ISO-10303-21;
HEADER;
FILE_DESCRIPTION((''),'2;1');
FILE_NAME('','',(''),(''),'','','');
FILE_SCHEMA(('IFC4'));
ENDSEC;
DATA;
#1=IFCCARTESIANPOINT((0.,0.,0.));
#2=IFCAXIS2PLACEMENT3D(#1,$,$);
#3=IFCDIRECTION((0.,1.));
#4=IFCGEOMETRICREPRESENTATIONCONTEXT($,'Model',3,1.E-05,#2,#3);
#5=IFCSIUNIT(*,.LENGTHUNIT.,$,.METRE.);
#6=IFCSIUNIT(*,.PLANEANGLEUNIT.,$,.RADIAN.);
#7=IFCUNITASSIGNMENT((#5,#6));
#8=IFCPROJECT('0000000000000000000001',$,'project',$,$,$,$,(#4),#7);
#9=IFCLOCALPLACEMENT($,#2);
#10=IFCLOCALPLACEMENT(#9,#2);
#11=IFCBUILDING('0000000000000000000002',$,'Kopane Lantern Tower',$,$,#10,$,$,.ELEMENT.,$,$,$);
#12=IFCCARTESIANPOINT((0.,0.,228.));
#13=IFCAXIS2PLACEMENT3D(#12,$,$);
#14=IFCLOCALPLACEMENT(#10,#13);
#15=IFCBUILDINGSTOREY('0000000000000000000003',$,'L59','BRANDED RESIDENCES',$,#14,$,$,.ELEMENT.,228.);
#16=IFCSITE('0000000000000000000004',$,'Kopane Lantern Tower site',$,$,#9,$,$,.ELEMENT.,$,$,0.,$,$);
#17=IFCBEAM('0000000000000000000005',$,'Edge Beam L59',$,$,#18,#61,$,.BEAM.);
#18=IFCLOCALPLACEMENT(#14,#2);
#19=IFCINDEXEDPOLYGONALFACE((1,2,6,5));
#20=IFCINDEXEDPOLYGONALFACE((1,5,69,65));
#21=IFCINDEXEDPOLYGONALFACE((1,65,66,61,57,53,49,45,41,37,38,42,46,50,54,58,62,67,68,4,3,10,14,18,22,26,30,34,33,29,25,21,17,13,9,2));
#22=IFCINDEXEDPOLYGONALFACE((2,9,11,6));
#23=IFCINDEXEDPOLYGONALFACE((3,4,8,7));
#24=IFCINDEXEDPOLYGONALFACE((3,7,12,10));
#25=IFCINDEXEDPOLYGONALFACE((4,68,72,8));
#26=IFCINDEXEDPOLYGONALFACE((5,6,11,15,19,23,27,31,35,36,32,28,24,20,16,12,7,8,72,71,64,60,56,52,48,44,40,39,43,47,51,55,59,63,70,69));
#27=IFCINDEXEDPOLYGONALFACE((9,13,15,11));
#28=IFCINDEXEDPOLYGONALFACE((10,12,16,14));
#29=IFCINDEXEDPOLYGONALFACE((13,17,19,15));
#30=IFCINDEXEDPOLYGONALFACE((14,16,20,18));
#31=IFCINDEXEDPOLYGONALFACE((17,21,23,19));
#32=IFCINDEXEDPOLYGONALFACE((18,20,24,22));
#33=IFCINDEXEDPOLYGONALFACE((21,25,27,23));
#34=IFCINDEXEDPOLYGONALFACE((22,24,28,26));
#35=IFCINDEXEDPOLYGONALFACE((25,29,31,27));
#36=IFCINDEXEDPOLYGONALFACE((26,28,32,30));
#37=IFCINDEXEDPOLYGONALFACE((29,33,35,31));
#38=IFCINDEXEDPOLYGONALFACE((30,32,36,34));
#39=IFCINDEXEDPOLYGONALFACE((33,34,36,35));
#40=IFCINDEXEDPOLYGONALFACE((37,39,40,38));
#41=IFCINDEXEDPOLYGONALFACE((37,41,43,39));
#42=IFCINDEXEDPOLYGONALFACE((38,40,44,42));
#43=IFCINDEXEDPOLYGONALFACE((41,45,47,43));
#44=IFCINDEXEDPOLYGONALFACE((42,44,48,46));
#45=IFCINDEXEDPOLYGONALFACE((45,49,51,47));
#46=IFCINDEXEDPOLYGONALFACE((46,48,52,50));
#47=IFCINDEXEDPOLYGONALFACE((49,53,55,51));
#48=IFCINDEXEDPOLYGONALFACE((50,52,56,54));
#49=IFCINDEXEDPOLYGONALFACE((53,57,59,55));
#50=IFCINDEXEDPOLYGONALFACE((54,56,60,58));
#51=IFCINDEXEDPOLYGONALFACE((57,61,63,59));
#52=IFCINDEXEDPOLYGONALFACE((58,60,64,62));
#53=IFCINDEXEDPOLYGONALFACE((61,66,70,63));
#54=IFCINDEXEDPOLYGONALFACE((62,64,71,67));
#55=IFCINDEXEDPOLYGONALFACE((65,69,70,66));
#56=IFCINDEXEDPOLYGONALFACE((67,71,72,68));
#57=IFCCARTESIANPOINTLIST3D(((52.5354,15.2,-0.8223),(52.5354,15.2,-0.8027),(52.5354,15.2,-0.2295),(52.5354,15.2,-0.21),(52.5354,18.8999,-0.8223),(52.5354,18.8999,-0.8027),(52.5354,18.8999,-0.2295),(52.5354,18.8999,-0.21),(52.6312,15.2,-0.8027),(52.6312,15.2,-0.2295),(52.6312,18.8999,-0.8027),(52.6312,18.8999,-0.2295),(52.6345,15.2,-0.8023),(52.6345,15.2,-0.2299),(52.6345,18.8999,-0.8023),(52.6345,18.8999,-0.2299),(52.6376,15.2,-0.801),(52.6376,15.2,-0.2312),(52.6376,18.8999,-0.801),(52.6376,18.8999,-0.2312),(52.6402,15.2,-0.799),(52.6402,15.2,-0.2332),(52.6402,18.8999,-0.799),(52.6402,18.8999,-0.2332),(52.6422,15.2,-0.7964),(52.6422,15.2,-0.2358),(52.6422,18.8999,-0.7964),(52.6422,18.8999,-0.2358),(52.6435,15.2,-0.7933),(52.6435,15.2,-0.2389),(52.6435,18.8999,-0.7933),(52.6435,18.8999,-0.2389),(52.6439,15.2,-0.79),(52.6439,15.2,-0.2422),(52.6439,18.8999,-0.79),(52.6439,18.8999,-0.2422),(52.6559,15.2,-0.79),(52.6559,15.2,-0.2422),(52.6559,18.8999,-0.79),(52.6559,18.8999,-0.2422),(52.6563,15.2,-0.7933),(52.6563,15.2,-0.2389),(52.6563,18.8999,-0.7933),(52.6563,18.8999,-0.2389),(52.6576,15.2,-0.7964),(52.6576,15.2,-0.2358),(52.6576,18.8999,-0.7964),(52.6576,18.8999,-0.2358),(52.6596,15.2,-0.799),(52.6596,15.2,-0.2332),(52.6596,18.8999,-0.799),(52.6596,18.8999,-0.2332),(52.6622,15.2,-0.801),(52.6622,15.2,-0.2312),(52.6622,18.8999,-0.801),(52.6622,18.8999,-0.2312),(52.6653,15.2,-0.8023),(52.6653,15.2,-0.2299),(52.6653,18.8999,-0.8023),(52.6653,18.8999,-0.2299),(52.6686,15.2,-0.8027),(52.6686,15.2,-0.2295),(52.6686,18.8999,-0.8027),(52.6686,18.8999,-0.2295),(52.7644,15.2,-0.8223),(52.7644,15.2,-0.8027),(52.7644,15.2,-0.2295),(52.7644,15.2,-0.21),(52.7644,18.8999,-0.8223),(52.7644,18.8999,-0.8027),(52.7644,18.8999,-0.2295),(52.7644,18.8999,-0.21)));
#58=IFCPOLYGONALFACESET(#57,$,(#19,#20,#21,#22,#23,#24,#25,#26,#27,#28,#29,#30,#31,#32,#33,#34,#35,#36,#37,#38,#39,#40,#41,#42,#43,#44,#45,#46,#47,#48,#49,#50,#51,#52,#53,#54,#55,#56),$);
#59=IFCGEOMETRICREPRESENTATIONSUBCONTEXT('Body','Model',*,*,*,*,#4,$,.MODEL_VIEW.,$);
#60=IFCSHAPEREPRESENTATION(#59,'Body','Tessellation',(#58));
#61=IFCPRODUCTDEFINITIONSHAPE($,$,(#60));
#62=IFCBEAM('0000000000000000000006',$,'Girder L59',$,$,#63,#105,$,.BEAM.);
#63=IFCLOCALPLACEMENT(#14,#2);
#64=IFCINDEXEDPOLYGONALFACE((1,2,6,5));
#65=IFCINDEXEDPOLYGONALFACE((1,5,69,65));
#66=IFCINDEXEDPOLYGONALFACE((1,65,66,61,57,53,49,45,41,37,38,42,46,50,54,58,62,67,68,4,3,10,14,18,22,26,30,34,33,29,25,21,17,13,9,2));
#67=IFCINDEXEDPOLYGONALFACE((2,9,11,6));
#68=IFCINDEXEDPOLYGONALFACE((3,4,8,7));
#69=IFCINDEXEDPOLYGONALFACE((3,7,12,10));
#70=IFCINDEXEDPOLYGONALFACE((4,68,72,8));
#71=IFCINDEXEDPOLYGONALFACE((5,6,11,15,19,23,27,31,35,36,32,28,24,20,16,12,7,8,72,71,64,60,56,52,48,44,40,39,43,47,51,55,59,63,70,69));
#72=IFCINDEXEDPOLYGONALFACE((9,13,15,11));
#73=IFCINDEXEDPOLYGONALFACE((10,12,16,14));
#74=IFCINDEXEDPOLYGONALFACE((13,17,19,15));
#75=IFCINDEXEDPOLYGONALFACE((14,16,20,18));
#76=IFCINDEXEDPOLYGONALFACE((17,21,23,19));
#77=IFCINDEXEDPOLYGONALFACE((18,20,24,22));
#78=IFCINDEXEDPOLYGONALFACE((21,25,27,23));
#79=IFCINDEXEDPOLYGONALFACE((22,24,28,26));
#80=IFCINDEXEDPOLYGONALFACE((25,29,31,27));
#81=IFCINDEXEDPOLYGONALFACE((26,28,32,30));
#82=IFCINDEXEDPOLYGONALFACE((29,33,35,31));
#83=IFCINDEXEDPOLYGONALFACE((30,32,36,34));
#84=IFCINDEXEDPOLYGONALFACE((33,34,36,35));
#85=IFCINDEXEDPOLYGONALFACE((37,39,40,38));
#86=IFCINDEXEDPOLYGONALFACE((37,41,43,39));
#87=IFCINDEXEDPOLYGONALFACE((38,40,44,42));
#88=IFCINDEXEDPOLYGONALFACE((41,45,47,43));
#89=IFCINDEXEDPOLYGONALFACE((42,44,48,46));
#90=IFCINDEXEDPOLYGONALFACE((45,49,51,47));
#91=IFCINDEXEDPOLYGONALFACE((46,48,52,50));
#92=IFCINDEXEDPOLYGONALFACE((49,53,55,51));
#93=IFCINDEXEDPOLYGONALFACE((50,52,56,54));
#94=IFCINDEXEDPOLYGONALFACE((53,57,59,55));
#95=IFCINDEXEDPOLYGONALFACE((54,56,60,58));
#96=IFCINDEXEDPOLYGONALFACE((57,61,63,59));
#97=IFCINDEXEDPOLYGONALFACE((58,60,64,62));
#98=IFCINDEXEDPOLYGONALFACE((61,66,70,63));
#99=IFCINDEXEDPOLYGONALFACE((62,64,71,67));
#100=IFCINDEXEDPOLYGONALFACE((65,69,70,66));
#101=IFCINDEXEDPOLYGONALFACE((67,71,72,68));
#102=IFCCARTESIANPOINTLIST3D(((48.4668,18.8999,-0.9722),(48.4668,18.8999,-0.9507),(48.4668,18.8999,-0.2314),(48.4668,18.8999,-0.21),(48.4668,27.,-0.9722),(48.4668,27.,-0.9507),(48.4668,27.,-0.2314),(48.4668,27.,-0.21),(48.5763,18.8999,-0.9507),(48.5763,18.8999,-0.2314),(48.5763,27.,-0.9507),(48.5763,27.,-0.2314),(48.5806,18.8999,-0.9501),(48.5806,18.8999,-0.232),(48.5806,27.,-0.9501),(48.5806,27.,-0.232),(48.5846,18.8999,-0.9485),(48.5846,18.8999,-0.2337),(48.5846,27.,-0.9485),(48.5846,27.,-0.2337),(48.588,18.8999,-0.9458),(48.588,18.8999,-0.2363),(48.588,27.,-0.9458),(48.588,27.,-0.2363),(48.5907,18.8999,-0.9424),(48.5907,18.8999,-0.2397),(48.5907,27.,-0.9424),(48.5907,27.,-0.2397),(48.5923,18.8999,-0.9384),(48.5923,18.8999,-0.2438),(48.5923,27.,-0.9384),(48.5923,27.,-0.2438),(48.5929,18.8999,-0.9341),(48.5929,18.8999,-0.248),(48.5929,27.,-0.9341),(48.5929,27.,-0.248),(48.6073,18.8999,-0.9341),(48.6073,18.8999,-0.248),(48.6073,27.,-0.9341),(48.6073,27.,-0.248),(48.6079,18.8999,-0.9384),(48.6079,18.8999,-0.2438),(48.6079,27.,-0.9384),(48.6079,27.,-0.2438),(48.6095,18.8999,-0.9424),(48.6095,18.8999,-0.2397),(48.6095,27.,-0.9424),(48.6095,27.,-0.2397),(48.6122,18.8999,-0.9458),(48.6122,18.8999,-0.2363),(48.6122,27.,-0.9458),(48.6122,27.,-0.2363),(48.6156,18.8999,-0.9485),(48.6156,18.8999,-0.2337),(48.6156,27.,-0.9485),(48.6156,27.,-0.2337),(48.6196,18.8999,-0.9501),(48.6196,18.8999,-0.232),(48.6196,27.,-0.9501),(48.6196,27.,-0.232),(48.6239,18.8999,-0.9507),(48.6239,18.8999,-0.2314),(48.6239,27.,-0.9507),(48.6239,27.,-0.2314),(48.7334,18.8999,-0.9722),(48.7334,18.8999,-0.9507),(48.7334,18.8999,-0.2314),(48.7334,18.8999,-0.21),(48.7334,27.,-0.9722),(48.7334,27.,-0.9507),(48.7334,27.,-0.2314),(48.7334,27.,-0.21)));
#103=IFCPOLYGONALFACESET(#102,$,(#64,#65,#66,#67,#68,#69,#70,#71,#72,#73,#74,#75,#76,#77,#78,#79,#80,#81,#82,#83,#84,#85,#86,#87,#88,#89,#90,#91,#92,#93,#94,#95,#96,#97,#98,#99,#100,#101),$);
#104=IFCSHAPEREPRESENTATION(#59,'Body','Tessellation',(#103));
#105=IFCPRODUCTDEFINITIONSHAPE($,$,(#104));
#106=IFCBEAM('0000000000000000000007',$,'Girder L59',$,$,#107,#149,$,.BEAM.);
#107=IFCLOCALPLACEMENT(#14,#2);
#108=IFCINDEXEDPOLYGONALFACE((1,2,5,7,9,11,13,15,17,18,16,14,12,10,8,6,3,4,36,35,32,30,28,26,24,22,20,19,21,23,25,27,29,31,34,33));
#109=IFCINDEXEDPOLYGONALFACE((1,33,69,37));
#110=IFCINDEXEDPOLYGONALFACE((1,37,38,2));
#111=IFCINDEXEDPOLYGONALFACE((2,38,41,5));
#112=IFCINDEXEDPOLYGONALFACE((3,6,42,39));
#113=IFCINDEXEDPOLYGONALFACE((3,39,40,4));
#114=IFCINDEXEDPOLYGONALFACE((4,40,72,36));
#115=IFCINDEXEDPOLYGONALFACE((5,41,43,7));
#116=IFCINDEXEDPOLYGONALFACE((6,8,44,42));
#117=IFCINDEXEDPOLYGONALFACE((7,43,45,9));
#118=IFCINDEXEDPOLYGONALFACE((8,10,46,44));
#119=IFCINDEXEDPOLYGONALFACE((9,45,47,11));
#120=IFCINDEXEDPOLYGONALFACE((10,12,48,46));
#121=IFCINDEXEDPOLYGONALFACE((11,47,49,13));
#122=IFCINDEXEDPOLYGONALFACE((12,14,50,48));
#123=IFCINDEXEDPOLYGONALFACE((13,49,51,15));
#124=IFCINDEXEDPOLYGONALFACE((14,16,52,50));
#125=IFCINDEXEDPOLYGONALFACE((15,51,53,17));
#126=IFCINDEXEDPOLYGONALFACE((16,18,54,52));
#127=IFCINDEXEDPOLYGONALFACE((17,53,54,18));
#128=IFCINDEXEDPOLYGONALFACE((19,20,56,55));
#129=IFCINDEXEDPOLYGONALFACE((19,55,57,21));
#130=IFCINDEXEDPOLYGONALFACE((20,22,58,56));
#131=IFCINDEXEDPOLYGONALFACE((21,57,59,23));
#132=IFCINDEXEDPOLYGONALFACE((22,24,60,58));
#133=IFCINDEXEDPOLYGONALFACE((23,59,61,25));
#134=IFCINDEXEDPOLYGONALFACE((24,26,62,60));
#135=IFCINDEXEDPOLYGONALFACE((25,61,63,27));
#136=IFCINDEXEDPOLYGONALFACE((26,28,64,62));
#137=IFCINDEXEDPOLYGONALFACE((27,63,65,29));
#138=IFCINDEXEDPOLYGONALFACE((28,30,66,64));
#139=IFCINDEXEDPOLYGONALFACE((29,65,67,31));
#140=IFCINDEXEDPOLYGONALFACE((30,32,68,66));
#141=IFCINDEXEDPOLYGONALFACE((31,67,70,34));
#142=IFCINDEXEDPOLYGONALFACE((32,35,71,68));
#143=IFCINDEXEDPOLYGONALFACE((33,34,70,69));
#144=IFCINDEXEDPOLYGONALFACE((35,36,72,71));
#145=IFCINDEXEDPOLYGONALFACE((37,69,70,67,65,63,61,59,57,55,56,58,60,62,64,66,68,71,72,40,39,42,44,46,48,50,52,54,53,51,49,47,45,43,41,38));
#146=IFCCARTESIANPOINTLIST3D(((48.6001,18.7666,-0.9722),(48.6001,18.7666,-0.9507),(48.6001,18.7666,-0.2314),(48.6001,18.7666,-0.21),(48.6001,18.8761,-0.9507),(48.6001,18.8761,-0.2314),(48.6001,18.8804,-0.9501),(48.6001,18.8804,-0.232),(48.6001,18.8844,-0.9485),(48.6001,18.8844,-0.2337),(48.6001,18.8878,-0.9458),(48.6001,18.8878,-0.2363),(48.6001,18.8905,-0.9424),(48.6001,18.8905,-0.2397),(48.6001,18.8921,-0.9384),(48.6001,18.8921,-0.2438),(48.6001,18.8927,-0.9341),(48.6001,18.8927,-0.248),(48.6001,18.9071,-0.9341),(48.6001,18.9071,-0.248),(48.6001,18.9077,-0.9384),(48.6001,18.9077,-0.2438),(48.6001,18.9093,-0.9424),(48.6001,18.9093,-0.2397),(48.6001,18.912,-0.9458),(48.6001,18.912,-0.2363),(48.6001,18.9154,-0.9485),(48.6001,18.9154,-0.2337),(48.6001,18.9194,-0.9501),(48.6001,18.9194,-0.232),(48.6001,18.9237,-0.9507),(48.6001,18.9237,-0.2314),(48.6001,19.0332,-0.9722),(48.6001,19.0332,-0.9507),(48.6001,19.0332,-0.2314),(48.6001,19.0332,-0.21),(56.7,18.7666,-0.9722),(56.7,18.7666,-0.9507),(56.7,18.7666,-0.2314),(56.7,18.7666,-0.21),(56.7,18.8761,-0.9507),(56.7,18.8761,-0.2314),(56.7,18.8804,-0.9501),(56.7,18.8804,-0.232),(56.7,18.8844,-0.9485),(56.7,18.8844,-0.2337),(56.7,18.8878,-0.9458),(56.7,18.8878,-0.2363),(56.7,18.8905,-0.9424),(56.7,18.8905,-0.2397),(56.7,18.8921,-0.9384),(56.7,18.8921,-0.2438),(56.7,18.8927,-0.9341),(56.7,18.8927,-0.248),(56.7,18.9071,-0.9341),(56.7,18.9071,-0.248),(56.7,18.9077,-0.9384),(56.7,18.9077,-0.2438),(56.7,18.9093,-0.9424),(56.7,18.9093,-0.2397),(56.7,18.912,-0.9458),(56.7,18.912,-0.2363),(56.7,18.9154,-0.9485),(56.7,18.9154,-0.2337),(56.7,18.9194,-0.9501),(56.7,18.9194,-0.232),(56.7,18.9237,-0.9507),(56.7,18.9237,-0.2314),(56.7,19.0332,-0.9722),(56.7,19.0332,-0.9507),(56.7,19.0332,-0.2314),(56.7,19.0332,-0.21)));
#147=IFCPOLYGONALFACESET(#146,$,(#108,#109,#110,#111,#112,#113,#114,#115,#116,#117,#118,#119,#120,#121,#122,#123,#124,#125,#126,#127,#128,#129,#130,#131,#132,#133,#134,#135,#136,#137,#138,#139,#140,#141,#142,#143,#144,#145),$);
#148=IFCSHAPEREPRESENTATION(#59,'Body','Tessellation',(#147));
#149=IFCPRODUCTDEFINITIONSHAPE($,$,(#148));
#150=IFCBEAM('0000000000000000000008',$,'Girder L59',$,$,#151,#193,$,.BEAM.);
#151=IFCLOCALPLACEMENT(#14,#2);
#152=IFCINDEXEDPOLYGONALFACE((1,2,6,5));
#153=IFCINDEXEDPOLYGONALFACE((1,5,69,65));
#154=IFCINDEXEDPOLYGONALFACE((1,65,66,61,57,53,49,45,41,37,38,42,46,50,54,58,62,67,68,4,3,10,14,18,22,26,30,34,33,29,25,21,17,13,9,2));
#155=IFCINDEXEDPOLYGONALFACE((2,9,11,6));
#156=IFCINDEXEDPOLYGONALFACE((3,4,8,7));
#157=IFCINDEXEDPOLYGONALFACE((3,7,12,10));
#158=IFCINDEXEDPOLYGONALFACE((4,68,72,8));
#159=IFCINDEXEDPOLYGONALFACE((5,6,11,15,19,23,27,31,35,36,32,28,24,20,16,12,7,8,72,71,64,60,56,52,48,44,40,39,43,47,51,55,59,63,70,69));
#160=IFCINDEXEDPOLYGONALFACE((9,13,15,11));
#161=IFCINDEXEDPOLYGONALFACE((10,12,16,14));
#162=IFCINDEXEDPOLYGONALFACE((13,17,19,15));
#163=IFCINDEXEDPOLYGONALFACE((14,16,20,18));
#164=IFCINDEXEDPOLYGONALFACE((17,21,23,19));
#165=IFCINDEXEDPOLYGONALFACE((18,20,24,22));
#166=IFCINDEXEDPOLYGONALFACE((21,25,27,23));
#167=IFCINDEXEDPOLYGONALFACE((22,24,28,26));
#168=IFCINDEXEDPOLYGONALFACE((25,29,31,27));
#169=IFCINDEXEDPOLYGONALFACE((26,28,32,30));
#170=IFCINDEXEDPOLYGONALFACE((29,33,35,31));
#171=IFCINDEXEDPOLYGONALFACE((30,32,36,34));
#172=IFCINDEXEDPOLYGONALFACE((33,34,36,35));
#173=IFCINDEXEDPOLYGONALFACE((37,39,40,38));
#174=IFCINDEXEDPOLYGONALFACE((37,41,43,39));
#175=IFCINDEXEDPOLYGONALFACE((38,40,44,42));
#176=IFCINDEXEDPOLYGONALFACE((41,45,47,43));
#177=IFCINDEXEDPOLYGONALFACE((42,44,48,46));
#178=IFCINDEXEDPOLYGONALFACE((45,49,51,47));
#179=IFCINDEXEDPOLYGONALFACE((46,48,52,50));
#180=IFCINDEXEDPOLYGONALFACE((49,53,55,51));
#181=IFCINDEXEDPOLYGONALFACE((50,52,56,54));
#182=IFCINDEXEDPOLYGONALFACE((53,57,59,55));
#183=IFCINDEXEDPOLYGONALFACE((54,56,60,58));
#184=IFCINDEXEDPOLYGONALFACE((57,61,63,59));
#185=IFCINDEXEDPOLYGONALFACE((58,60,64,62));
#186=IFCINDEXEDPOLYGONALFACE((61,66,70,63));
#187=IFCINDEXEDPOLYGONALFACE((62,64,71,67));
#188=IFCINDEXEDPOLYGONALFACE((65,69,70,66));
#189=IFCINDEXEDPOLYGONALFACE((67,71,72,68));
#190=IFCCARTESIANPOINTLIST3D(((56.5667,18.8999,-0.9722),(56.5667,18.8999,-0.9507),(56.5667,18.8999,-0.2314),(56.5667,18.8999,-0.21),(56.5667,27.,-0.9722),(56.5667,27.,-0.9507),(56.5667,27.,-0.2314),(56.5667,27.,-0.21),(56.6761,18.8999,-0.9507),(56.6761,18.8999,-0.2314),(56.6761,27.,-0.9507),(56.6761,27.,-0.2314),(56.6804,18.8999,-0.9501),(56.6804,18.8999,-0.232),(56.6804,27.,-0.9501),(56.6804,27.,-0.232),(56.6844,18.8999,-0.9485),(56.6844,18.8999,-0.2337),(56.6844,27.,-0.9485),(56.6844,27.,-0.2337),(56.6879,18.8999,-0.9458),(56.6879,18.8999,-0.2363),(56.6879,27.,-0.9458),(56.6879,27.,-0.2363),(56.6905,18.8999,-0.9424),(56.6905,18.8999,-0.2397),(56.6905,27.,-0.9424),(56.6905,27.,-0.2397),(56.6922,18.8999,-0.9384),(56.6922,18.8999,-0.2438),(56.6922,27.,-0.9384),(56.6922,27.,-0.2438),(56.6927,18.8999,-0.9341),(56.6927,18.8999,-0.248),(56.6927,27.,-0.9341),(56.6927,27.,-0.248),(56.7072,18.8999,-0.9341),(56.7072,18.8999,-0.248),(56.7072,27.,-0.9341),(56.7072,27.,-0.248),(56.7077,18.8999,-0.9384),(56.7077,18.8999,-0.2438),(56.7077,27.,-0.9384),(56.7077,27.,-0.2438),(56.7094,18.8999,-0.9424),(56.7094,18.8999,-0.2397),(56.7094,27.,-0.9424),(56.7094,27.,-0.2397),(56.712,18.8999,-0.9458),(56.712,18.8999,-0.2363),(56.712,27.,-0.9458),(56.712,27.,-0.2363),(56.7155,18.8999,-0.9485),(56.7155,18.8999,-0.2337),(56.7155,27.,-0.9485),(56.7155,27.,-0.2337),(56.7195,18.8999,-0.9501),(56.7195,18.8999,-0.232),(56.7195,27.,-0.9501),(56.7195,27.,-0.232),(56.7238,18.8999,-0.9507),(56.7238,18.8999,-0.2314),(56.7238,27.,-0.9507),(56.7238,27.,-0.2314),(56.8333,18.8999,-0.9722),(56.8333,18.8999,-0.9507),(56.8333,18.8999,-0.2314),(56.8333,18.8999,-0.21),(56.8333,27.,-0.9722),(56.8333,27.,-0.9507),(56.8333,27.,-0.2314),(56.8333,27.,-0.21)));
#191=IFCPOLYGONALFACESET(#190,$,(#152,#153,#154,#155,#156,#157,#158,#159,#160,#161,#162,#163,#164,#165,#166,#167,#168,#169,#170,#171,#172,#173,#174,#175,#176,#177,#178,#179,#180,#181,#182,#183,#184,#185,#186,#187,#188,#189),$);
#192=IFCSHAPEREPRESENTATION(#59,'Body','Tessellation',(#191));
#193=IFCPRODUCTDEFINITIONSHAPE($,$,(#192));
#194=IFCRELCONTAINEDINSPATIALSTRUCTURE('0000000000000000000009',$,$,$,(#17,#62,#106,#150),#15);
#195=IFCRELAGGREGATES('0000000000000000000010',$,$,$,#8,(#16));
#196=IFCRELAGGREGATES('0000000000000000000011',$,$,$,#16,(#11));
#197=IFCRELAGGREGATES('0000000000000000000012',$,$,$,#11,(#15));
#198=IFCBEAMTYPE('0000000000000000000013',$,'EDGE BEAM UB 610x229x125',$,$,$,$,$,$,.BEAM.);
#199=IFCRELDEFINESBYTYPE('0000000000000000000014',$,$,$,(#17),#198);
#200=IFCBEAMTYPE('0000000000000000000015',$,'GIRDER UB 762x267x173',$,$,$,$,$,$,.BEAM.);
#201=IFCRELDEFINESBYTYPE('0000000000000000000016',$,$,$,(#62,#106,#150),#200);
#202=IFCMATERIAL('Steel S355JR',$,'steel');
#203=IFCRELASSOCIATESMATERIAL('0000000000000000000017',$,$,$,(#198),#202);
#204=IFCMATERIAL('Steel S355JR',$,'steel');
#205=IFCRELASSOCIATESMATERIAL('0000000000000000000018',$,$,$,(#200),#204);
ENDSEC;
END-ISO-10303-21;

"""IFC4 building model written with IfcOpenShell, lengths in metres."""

from ifc_helpers import new_model, si_unit, direction, frame, origin, origin_2d, place, context, subcontext, project, spatial, i_section, extrude, material, material_profile, profile_set, type_object, element, save


model = new_model("IFC4")

# Units and contexts
model_context = context("Model", 3, precision=1e-05, world=origin(), true_north=direction((0.0, 1.0)))
body_context = subcontext(model_context, "Body", "Model", "MODEL_VIEW")
ifc_project = project(units=[si_unit("LENGTHUNIT", "METRE"), si_unit("PLANEANGLEUNIT", "RADIAN")], contexts=[model_context])

# Site, building, storey
site_placement = place(None, origin())
site = spatial("IfcSite", under=ifc_project, at=site_placement, Name="Kopane Lantern Tower site", CompositionType="ELEMENT", RefElevation=0.0)
building_placement = place(site_placement, origin())
building = spatial("IfcBuilding", under=site, at=building_placement, Name="Kopane Lantern Tower", CompositionType="ELEMENT")
storey_placement = place(building_placement, frame((0.0, 0.0, 228.0)))
storey = spatial("IfcBuildingStorey", under=building, at=storey_placement, Name="L59", Description="BRANDED RESIDENCES", CompositionType="ELEMENT", Elevation=228.0)

# Beams
ifc_material_1 = material(Name="Steel S355JR", Category="steel")
ifc_material_profile_1 = material_profile(ifc_material_1, i_section(OverallWidth=0.229, OverallDepth=0.6123, WebThickness=0.012, FlangeThickness=0.0195, FilletRadius=0.0127, at=origin_2d()), Name="UB 610x229x125")
ifc_profile_set_1 = profile_set([ifc_material_profile_1], Name="Steel S355JR")
beam_type_1 = type_object("IfcBeamType", Name="EDGE BEAM UB 610x229x125", PredefinedType="BEAM", material=ifc_profile_set_1)
for number, where, z_axis, x_axis, name in (
    (1, (52.6499, 15.2, -0.5161), (0.0, 1.0, 0.0), (-1.0, 0.0, 0.0), "Edge Beam L59"),
):
    element("IfcBeam", number, at=place(storey_placement, frame(where, z_axis=z_axis, x_axis=x_axis)), inside=storey, type_object=beam_type_1, Name=name, PredefinedType="BEAM", context=body_context, shape_type="SweptSolid", body=[
        extrude(i_section(OverallWidth=0.229, OverallDepth=0.6123, WebThickness=0.012, FlangeThickness=0.0195, FilletRadius=0.0127, at=origin_2d()), origin(), (0.0, 0.0, 1.0), 3.7),
    ])
ifc_material_2 = material(Name="Steel S355JR", Category="steel")
ifc_material_profile_2 = material_profile(ifc_material_2, i_section(OverallWidth=0.2666, OverallDepth=0.7622, WebThickness=0.0144, FlangeThickness=0.0215, FilletRadius=0.0166, at=origin_2d()), Name="UB 762x267x173")
ifc_profile_set_2 = profile_set([ifc_material_profile_2], Name="Steel S355JR")
beam_type_2 = type_object("IfcBeamType", Name="GIRDER UB 762x267x173", PredefinedType="BEAM", material=ifc_profile_set_2)
beam_1_placement = place(storey_placement, frame((48.6001, 18.8999, -0.5911), z_axis=(0.0, 1.0, 0.0), x_axis=(-1.0, 0.0, 0.0)))
element("IfcBeam", 2, at=beam_1_placement, inside=storey, type_object=beam_type_2, Name="Girder L59", PredefinedType="BEAM", context=body_context, shape_type="SweptSolid", body=[
    extrude(i_section(OverallWidth=0.2666, OverallDepth=0.7622, WebThickness=0.0144, FlangeThickness=0.0215, FilletRadius=0.0166, at=origin_2d()), origin(), (0.0, 0.0, 1.0), 8.1001),
])
beam_2_placement = place(storey_placement, frame((48.6001, 18.8999, -0.5911), z_axis=(1.0, 0.0, 0.0), x_axis=(0.0, 1.0, 0.0)))
element("IfcBeam", 3, at=beam_2_placement, inside=storey, type_object=beam_type_2, Name="Girder L59", PredefinedType="BEAM", context=body_context, shape_type="SweptSolid", body=[
    extrude(i_section(OverallWidth=0.2666, OverallDepth=0.7622, WebThickness=0.0144, FlangeThickness=0.0215, FilletRadius=0.0166, at=origin_2d()), origin(), (0.0, 0.0, 1.0), 8.0999),
])
beam_3_placement = place(storey_placement, frame((56.7, 18.8999, -0.5911), z_axis=(0.0, 1.0, 0.0), x_axis=(-1.0, 0.0, 0.0)))
element("IfcBeam", 4, at=beam_3_placement, inside=storey, type_object=beam_type_2, Name="Girder L59", PredefinedType="BEAM", context=body_context, shape_type="SweptSolid", body=[
    extrude(i_section(OverallWidth=0.2666, OverallDepth=0.7622, WebThickness=0.0144, FlangeThickness=0.0215, FilletRadius=0.0166, at=origin_2d()), origin(), (0.0, 0.0, 1.0), 8.1001),
])

save(model, "model.ifc")
